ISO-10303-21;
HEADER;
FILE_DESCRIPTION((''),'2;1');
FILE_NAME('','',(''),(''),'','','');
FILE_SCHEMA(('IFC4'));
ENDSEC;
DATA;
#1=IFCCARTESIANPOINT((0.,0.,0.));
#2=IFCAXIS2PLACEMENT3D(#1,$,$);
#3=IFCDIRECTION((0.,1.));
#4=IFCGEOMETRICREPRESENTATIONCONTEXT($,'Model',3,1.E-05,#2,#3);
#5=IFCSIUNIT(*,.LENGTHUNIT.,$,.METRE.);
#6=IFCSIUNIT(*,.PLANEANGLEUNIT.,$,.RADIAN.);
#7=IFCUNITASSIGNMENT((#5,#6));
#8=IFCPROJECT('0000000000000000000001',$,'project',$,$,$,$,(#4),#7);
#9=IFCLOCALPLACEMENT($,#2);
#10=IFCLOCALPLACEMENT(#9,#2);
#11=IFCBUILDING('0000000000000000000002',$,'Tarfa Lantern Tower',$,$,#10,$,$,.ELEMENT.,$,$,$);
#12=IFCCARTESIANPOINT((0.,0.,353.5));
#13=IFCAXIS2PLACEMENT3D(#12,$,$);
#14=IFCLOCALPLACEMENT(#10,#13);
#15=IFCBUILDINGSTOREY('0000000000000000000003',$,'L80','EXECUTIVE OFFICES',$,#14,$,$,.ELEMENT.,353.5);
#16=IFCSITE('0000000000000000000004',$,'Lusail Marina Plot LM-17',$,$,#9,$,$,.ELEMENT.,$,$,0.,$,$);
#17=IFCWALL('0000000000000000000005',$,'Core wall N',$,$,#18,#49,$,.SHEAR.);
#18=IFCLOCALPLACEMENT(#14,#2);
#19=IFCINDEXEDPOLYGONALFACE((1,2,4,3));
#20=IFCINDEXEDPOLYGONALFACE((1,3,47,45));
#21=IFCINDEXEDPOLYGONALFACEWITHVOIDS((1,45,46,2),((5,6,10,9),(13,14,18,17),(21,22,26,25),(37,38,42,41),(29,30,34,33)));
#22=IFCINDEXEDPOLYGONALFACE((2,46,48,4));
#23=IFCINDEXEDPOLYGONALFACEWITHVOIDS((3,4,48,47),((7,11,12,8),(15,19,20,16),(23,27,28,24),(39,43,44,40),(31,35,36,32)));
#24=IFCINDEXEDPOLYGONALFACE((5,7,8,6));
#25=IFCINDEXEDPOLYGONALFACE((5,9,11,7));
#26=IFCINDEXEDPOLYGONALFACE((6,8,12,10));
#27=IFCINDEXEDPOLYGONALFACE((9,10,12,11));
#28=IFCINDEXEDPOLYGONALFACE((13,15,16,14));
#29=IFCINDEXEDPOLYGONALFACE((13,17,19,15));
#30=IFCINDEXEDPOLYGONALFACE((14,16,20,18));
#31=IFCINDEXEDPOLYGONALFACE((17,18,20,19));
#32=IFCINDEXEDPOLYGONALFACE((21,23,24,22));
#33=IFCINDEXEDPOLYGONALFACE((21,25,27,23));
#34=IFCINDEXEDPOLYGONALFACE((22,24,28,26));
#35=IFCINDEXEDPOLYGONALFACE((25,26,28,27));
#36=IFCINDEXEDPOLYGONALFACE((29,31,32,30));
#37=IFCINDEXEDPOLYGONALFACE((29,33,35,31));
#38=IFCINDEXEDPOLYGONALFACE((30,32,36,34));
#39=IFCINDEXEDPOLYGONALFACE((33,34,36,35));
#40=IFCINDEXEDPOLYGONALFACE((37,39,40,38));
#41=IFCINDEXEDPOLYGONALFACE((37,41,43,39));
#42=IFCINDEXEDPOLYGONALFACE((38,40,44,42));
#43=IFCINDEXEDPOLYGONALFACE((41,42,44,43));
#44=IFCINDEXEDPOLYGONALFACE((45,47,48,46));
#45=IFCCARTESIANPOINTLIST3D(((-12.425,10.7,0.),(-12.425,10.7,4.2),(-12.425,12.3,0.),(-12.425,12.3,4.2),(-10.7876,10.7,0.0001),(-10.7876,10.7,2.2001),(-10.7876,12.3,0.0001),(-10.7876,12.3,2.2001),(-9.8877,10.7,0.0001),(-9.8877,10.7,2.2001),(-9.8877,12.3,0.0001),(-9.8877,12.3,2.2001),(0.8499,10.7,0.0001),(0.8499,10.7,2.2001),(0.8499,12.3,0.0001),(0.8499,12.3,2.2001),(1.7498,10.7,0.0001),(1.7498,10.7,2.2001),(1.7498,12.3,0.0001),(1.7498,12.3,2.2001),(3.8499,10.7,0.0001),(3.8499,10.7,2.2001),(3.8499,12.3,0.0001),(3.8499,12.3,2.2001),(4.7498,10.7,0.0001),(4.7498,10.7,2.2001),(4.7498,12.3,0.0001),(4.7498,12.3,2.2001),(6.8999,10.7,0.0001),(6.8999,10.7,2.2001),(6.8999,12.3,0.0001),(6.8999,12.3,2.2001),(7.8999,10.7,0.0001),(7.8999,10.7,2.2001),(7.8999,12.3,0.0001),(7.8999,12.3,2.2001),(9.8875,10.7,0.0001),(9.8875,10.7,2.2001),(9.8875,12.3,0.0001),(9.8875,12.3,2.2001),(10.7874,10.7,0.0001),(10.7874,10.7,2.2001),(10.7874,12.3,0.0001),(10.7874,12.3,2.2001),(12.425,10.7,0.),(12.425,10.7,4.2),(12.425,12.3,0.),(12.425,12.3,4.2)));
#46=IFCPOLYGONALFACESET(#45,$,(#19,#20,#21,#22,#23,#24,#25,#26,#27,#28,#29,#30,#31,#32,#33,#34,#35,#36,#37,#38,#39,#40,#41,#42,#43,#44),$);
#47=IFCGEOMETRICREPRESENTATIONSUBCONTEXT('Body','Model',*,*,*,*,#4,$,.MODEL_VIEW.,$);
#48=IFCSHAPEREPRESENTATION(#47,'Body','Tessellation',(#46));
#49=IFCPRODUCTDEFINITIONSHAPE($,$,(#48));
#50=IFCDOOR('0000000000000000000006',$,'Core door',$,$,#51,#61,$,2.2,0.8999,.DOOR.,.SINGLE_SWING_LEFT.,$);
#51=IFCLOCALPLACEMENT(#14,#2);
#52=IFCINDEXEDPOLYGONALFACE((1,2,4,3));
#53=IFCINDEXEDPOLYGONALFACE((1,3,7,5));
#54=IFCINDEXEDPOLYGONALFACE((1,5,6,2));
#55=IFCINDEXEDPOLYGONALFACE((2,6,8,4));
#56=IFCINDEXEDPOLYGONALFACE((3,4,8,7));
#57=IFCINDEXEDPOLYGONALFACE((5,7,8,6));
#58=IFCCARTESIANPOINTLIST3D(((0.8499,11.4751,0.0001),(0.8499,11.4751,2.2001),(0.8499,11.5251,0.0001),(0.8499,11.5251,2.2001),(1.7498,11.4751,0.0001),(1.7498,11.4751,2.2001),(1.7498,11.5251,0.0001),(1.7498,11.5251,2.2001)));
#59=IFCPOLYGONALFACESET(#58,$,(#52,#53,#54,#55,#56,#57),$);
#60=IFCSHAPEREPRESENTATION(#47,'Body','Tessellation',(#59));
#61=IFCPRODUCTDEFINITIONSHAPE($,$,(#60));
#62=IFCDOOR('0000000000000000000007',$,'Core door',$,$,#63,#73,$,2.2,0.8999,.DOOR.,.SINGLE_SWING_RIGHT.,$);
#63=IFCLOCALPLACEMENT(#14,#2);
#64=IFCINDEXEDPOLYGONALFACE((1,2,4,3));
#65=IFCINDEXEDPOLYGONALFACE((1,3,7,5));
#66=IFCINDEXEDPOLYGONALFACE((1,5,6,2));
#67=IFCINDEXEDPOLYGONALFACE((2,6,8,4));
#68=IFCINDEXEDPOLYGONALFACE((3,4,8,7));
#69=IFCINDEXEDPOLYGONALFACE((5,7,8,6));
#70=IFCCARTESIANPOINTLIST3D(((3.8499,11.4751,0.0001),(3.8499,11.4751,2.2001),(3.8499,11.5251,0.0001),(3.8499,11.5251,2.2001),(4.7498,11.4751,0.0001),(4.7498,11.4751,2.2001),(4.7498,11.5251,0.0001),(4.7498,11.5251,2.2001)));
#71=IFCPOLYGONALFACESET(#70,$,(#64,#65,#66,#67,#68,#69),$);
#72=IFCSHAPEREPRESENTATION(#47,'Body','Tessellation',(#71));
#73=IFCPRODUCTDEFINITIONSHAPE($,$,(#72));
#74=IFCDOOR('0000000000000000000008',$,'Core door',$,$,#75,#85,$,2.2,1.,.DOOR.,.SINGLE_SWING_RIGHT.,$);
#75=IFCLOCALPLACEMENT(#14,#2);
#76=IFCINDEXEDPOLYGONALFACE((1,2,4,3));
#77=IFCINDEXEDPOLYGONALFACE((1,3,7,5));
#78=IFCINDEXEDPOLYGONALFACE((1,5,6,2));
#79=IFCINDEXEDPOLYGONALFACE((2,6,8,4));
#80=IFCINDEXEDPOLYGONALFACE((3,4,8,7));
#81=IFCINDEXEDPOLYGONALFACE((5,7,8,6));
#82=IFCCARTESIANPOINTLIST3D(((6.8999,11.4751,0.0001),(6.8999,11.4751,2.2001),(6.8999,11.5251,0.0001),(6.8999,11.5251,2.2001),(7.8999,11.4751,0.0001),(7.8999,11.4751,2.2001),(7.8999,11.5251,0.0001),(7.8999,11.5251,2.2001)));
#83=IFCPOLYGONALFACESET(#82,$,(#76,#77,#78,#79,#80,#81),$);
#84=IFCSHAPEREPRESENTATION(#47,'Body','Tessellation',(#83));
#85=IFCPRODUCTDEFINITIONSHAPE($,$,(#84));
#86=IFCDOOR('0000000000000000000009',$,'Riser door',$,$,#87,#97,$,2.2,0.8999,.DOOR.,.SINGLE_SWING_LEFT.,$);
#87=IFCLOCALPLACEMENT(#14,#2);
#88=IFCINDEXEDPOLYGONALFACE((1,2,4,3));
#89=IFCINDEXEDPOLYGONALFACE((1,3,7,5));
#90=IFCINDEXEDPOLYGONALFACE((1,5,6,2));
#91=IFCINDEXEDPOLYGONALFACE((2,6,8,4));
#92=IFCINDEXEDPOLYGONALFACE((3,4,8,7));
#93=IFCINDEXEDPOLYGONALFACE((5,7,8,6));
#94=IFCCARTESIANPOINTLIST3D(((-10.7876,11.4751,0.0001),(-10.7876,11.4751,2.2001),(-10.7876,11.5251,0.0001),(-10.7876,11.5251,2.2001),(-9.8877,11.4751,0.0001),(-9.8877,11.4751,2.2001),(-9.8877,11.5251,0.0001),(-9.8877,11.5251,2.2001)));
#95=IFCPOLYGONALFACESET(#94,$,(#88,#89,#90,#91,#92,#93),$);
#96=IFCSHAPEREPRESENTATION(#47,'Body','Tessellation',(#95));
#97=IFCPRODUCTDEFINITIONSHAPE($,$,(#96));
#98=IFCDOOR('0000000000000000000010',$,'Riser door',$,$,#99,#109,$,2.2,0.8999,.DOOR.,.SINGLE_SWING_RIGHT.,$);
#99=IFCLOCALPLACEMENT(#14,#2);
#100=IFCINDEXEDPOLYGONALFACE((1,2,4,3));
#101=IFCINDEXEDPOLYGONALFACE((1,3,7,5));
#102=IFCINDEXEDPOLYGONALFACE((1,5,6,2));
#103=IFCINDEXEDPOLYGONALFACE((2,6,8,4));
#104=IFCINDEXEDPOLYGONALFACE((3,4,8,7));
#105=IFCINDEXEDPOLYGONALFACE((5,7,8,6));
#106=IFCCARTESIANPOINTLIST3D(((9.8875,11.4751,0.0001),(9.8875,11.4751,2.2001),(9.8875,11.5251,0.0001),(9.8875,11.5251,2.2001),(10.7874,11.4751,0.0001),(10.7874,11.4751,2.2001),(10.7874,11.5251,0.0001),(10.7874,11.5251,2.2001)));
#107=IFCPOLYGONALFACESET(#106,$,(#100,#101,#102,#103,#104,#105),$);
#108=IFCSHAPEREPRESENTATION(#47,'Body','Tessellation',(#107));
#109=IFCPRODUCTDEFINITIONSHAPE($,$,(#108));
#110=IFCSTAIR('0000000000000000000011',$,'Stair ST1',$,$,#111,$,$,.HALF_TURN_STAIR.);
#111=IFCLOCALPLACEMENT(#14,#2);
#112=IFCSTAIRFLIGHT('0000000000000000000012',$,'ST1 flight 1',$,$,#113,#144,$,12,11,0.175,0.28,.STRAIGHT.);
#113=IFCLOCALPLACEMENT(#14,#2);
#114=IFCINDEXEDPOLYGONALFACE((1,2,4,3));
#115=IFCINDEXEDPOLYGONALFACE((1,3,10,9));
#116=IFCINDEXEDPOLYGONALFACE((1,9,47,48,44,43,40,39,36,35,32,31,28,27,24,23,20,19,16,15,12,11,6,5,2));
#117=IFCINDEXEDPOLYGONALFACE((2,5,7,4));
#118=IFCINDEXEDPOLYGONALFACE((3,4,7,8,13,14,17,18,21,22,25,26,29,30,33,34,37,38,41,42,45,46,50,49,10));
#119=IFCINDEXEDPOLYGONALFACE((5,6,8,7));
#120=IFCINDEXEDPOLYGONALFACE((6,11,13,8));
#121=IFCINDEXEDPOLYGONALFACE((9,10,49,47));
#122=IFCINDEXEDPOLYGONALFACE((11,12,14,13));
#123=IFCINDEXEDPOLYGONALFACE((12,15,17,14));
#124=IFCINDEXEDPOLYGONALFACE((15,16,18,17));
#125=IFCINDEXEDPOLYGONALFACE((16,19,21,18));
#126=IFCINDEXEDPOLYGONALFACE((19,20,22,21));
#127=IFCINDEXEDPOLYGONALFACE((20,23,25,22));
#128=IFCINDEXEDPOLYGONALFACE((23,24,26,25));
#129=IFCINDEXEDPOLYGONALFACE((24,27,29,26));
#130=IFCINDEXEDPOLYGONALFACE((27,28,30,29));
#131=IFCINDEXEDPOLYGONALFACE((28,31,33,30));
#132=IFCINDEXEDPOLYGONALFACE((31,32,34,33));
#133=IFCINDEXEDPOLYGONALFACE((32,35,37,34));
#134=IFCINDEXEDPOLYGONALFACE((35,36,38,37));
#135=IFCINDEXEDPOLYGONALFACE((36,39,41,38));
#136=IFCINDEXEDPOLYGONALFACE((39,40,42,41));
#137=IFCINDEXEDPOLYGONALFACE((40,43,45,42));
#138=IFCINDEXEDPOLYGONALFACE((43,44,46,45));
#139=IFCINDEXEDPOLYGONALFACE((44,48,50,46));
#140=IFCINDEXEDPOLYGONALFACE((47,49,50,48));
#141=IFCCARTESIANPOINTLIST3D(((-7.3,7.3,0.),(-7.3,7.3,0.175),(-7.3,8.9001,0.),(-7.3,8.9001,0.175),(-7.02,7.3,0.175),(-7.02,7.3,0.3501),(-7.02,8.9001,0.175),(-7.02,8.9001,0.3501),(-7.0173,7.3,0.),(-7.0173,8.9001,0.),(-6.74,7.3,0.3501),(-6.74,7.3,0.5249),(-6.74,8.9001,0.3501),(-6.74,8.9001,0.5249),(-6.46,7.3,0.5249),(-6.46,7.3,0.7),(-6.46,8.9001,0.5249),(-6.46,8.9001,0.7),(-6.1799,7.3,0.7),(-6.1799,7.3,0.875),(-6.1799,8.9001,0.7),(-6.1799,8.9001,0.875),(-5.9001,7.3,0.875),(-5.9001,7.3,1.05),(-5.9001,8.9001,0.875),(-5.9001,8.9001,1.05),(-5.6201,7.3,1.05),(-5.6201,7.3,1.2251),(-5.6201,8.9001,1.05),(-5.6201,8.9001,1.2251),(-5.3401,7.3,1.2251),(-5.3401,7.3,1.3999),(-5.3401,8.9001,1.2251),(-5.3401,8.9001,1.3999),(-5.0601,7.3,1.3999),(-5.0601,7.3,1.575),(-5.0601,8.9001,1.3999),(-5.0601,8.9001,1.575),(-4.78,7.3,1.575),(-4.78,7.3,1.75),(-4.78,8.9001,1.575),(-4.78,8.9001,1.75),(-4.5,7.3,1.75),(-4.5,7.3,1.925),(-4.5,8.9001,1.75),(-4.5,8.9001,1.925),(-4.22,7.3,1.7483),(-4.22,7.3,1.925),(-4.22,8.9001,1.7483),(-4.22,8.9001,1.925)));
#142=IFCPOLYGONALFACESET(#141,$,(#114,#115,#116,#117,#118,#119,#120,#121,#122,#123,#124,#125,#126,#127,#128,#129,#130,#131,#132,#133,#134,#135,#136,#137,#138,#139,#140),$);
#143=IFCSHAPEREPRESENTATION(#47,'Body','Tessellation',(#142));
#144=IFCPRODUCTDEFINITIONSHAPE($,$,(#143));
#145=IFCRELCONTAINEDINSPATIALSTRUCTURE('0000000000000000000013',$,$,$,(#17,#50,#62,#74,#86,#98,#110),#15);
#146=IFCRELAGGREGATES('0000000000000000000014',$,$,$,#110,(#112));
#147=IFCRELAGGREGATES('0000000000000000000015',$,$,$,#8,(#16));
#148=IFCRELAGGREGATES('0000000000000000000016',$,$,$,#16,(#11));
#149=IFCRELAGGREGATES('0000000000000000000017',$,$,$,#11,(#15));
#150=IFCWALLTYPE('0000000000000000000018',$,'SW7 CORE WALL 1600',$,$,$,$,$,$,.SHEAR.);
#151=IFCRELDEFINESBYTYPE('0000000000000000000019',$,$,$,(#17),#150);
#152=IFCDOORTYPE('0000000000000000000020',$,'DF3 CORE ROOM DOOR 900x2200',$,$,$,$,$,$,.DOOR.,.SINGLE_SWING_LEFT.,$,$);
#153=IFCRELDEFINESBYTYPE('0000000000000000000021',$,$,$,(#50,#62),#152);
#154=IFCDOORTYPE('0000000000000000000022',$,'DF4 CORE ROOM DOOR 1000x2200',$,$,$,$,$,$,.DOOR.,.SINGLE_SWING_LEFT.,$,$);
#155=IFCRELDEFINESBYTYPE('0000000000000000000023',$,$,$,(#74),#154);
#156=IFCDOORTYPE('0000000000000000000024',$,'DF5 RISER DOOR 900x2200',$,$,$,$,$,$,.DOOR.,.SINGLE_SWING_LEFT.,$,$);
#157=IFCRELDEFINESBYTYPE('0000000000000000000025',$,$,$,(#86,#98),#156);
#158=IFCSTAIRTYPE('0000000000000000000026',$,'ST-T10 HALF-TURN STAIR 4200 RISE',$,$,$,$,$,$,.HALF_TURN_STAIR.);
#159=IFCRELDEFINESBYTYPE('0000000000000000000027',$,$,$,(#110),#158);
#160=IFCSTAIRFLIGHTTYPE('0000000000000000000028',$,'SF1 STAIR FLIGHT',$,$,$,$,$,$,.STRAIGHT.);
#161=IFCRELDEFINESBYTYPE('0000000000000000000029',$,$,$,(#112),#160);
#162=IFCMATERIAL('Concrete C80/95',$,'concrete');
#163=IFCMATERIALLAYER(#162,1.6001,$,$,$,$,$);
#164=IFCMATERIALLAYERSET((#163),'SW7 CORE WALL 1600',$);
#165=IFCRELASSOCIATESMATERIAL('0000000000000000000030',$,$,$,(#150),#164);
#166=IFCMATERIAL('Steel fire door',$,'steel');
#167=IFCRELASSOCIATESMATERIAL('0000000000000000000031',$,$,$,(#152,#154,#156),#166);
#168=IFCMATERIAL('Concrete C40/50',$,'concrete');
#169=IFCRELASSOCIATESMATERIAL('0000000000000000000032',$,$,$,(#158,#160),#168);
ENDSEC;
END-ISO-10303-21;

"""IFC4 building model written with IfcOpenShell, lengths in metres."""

from ifc_helpers import new_model, si_unit, direction, frame, frame_2d, origin, place, context, subcontext, project, spatial, polyline, rectangle, outline, extrude, material, layer, layer_set, type_object, element, fill, aggregate, save


model = new_model("IFC4")

# Units and contexts
model_context = context("Model", 3, precision=1e-05, world=origin(), true_north=direction((0.0, 1.0)))
body_context = subcontext(model_context, "Body", "Model", "MODEL_VIEW")
ifc_project = project(units=[si_unit("LENGTHUNIT", "METRE"), si_unit("PLANEANGLEUNIT", "RADIAN")], contexts=[model_context])

# Site, building, storey
site_placement = place(None, origin())
site = spatial("IfcSite", under=ifc_project, at=site_placement, Name="Lusail Marina Plot LM-17", CompositionType="ELEMENT", RefElevation=0.0)
building_placement = place(site_placement, origin())
building = spatial("IfcBuilding", under=site, at=building_placement, Name="Tarfa Lantern Tower", CompositionType="ELEMENT")
storey_placement = place(building_placement, frame((0.0, 0.0, 353.5)))
storey = spatial("IfcBuildingStorey", under=building, at=storey_placement, Name="L80", Description="EXECUTIVE OFFICES", CompositionType="ELEMENT", Elevation=353.5)

# Shared definitions
ifc_material_1 = material(Name="Concrete C80/95", Category="concrete")
ifc_material_2 = material(Name="Steel fire door", Category="steel")

# Wall, openings, doors
ifc_layer_1 = layer(ifc_material_1, 1.6001)
ifc_layer_set_1 = layer_set([ifc_layer_1], Name="SW7 CORE WALL 1600")
wall_type_1 = type_object("IfcWallType", Name="SW7 CORE WALL 1600", PredefinedType="SHEAR", material=ifc_layer_set_1)
wall_1_placement = place(storey_placement, frame((-12.425, 11.5, 0.0), z_axis=(0.0, 0.0, 1.0), x_axis=(1.0, 0.0, 0.0)))
wall_1 = element("IfcWall", 1, at=wall_1_placement, inside=storey, type_object=wall_type_1, Name="Core wall N", PredefinedType="SHEAR", context=body_context, shape_type="SweptSolid", body=[
    extrude(rectangle(XDim=24.8501, YDim=1.6001, at=frame_2d((12.425, 0.0))), origin(), (0.0, 0.0, 1.0), 4.2),
])
opening_1_placement = place(wall_1_placement, frame((13.2749, 0.0, 0.0)))
opening_1 = element("IfcOpeningElement", 2, at=opening_1_placement, cuts=wall_1, PredefinedType="OPENING", context=body_context, shape_type="SweptSolid", body=[
    extrude(rectangle(XDim=0.8999, YDim=2.2, at=frame_2d((0.45, 1.1001))), frame((0.0, 0.8101, 0.0), z_axis=(0.0, -1.0, 0.0), x_axis=(1.0, 0.0, 0.0)), (0.0, 0.0, 1.0), 1.6201),
])
opening_2_placement = place(wall_1_placement, frame((16.2749, 0.0, 0.0)))
opening_2 = element("IfcOpeningElement", 3, at=opening_2_placement, cuts=wall_1, PredefinedType="OPENING", context=body_context, shape_type="SweptSolid", body=[
    extrude(rectangle(XDim=0.8999, YDim=2.2, at=frame_2d((0.45, 1.1001))), frame((0.0, 0.8101, 0.0), z_axis=(0.0, -1.0, 0.0), x_axis=(1.0, 0.0, 0.0)), (0.0, 0.0, 1.0), 1.6201),
])
opening_3_placement = place(wall_1_placement, frame((19.325, 0.0, 0.0)))
opening_3 = element("IfcOpeningElement", 4, at=opening_3_placement, cuts=wall_1, PredefinedType="OPENING", context=body_context, shape_type="SweptSolid", body=[
    extrude(rectangle(XDim=1.0, YDim=2.2, at=frame_2d((0.5, 1.1001))), frame((0.0, 0.8101, 0.0), z_axis=(0.0, -1.0, 0.0), x_axis=(1.0, 0.0, 0.0)), (0.0, 0.0, 1.0), 1.6201),
])
opening_4_placement = place(wall_1_placement, frame((1.6375, 0.0, 0.0)))
opening_4 = element("IfcOpeningElement", 5, at=opening_4_placement, cuts=wall_1, PredefinedType="OPENING", context=body_context, shape_type="SweptSolid", body=[
    extrude(rectangle(XDim=0.8999, YDim=2.2, at=frame_2d((0.45, 1.1001))), frame((0.0, 0.8101, 0.0), z_axis=(0.0, -1.0, 0.0), x_axis=(1.0, 0.0, 0.0)), (0.0, 0.0, 1.0), 1.6201),
])
opening_5_placement = place(wall_1_placement, frame((22.3125, 0.0, 0.0)))
opening_5 = element("IfcOpeningElement", 6, at=opening_5_placement, cuts=wall_1, PredefinedType="OPENING", context=body_context, shape_type="SweptSolid", body=[
    extrude(rectangle(XDim=0.8999, YDim=2.2, at=frame_2d((0.45, 1.1001))), frame((0.0, 0.8101, 0.0), z_axis=(0.0, -1.0, 0.0), x_axis=(1.0, 0.0, 0.0)), (0.0, 0.0, 1.0), 1.6201),
])
door_type_1 = type_object("IfcDoorType", Name="DF3 CORE ROOM DOOR 900x2200", OperationType="SINGLE_SWING_LEFT", PredefinedType="DOOR", material=ifc_material_2)
door_1_placement = place(opening_1_placement, frame((0.8999, 0.0, 0.0), z_axis=(0.0, 0.0, 1.0), x_axis=(-1.0, 0.0, 0.0)))
door_1 = element("IfcDoor", 7, at=door_1_placement, inside=storey, type_object=door_type_1, Name="Core door", OperationType="SINGLE_SWING_LEFT", OverallHeight=2.2, OverallWidth=0.8999, PredefinedType="DOOR", context=body_context, shape_type="SweptSolid", body=[
    extrude(rectangle(XDim=0.8999, YDim=2.2, at=frame_2d((0.45, 1.1001))), frame((0.0, 0.0249, 0.0), z_axis=(0.0, -1.0, 0.0), x_axis=(1.0, 0.0, 0.0)), (0.0, 0.0, 1.0), 0.05),
])
fill(opening_1, door_1)
door_2_placement = place(opening_2_placement, frame((0.8999, 0.0, 0.0), z_axis=(0.0, 0.0, 1.0), x_axis=(-1.0, 0.0, 0.0)))
door_2 = element("IfcDoor", 8, at=door_2_placement, inside=storey, type_object=door_type_1, Name="Core door", OperationType="SINGLE_SWING_RIGHT", OverallHeight=2.2, OverallWidth=0.8999, PredefinedType="DOOR", context=body_context, shape_type="SweptSolid", body=[
    extrude(rectangle(XDim=0.8999, YDim=2.2, at=frame_2d((0.45, 1.1001))), frame((0.0, 0.0249, 0.0), z_axis=(0.0, -1.0, 0.0), x_axis=(1.0, 0.0, 0.0)), (0.0, 0.0, 1.0), 0.05),
])
fill(opening_2, door_2)
door_type_2 = type_object("IfcDoorType", Name="DF4 CORE ROOM DOOR 1000x2200", OperationType="SINGLE_SWING_LEFT", PredefinedType="DOOR", material=ifc_material_2)
door_3_placement = place(opening_3_placement, frame((1.0, 0.0, 0.0), z_axis=(0.0, 0.0, 1.0), x_axis=(-1.0, 0.0, 0.0)))
door_3 = element("IfcDoor", 9, at=door_3_placement, inside=storey, type_object=door_type_2, Name="Core door", OperationType="SINGLE_SWING_RIGHT", OverallHeight=2.2, OverallWidth=1.0, PredefinedType="DOOR", context=body_context, shape_type="SweptSolid", body=[
    extrude(rectangle(XDim=1.0, YDim=2.2, at=frame_2d((0.5, 1.1001))), frame((0.0, 0.0249, 0.0), z_axis=(0.0, -1.0, 0.0), x_axis=(1.0, 0.0, 0.0)), (0.0, 0.0, 1.0), 0.05),
])
fill(opening_3, door_3)
door_type_3 = type_object("IfcDoorType", Name="DF5 RISER DOOR 900x2200", OperationType="SINGLE_SWING_LEFT", PredefinedType="DOOR", material=ifc_material_2)
door_4_placement = place(opening_4_placement, frame((0.8999, 0.0, 0.0), z_axis=(0.0, 0.0, 1.0), x_axis=(-1.0, 0.0, 0.0)))
door_4 = element("IfcDoor", 10, at=door_4_placement, inside=storey, type_object=door_type_3, Name="Riser door", OperationType="SINGLE_SWING_LEFT", OverallHeight=2.2, OverallWidth=0.8999, PredefinedType="DOOR", context=body_context, shape_type="SweptSolid", body=[
    extrude(rectangle(XDim=0.8999, YDim=2.2, at=frame_2d((0.45, 1.1001))), frame((0.0, 0.0249, 0.0), z_axis=(0.0, -1.0, 0.0), x_axis=(1.0, 0.0, 0.0)), (0.0, 0.0, 1.0), 0.05),
])
fill(opening_4, door_4)
door_5_placement = place(opening_5_placement, frame((0.8999, 0.0, 0.0), z_axis=(0.0, 0.0, 1.0), x_axis=(-1.0, 0.0, 0.0)))
door_5 = element("IfcDoor", 11, at=door_5_placement, inside=storey, type_object=door_type_3, Name="Riser door", OperationType="SINGLE_SWING_RIGHT", OverallHeight=2.2, OverallWidth=0.8999, PredefinedType="DOOR", context=body_context, shape_type="SweptSolid", body=[
    extrude(rectangle(XDim=0.8999, YDim=2.2, at=frame_2d((0.45, 1.1001))), frame((0.0, 0.0249, 0.0), z_axis=(0.0, -1.0, 0.0), x_axis=(1.0, 0.0, 0.0)), (0.0, 0.0, 1.0), 0.05),
])
fill(opening_5, door_5)

# Stair, stair flight
ifc_material_3 = material(Name="Concrete C40/50", Category="concrete")
stair_type = type_object("IfcStairType", Name="ST-T10 HALF-TURN STAIR 4200 RISE", PredefinedType="HALF_TURN_STAIR", material=ifc_material_3)
stair_placement = place(storey_placement, origin())
stair = element("IfcStair", 12, at=stair_placement, inside=storey, type_object=stair_type, Name="Stair ST1", PredefinedType="HALF_TURN_STAIR")
stair_flight_type = type_object("IfcStairFlightType", Name="SF1 STAIR FLIGHT", PredefinedType="STRAIGHT", material=ifc_material_3)
stair_flight_1_placement = place(storey_placement, frame((-7.3, 8.1001, 0.0), z_axis=(0.0, 0.0, 1.0), x_axis=(1.0, 0.0, 0.0)))
stair_flight_1 = element("IfcStairFlight", 13, at=stair_flight_1_placement, type_object=stair_flight_type, Name="ST1 flight 1", NumberOfRisers=12, NumberOfTreads=11, PredefinedType="STRAIGHT", RiserHeight=0.175, TreadLength=0.28, context=body_context, shape_type="SweptSolid", body=[
    extrude(outline(polyline([(0.0, 0.0), (0.0, 0.175), (0.28, 0.175), (0.28, 0.3501), (0.5601, 0.3501), (0.5601, 0.5249), (0.8401, 0.5249), (0.8401, 0.7), (1.1201, 0.7), (1.1201, 0.875), (1.3999, 0.875), (1.3999, 1.05), (1.6799, 1.05), (1.6799, 1.2251), (1.96, 1.2251), (1.96, 1.3999), (2.24, 1.3999), (2.24, 1.575), (2.52, 1.575), (2.52, 1.75), (2.8, 1.75), (2.8, 1.925), (3.0801, 1.925), (3.0801, 2.1001), (3.0801, 1.7483), (0.2827, 0.0), (0.0, 0.0)])), frame((0.0, 0.8, 0.0), z_axis=(0.0, -1.0, 0.0), x_axis=(1.0, 0.0, 0.0)), (0.0, 0.0, 1.0), 1.6001),
])
aggregate(stair, [stair_flight_1])

save(model, "model.ifc")
